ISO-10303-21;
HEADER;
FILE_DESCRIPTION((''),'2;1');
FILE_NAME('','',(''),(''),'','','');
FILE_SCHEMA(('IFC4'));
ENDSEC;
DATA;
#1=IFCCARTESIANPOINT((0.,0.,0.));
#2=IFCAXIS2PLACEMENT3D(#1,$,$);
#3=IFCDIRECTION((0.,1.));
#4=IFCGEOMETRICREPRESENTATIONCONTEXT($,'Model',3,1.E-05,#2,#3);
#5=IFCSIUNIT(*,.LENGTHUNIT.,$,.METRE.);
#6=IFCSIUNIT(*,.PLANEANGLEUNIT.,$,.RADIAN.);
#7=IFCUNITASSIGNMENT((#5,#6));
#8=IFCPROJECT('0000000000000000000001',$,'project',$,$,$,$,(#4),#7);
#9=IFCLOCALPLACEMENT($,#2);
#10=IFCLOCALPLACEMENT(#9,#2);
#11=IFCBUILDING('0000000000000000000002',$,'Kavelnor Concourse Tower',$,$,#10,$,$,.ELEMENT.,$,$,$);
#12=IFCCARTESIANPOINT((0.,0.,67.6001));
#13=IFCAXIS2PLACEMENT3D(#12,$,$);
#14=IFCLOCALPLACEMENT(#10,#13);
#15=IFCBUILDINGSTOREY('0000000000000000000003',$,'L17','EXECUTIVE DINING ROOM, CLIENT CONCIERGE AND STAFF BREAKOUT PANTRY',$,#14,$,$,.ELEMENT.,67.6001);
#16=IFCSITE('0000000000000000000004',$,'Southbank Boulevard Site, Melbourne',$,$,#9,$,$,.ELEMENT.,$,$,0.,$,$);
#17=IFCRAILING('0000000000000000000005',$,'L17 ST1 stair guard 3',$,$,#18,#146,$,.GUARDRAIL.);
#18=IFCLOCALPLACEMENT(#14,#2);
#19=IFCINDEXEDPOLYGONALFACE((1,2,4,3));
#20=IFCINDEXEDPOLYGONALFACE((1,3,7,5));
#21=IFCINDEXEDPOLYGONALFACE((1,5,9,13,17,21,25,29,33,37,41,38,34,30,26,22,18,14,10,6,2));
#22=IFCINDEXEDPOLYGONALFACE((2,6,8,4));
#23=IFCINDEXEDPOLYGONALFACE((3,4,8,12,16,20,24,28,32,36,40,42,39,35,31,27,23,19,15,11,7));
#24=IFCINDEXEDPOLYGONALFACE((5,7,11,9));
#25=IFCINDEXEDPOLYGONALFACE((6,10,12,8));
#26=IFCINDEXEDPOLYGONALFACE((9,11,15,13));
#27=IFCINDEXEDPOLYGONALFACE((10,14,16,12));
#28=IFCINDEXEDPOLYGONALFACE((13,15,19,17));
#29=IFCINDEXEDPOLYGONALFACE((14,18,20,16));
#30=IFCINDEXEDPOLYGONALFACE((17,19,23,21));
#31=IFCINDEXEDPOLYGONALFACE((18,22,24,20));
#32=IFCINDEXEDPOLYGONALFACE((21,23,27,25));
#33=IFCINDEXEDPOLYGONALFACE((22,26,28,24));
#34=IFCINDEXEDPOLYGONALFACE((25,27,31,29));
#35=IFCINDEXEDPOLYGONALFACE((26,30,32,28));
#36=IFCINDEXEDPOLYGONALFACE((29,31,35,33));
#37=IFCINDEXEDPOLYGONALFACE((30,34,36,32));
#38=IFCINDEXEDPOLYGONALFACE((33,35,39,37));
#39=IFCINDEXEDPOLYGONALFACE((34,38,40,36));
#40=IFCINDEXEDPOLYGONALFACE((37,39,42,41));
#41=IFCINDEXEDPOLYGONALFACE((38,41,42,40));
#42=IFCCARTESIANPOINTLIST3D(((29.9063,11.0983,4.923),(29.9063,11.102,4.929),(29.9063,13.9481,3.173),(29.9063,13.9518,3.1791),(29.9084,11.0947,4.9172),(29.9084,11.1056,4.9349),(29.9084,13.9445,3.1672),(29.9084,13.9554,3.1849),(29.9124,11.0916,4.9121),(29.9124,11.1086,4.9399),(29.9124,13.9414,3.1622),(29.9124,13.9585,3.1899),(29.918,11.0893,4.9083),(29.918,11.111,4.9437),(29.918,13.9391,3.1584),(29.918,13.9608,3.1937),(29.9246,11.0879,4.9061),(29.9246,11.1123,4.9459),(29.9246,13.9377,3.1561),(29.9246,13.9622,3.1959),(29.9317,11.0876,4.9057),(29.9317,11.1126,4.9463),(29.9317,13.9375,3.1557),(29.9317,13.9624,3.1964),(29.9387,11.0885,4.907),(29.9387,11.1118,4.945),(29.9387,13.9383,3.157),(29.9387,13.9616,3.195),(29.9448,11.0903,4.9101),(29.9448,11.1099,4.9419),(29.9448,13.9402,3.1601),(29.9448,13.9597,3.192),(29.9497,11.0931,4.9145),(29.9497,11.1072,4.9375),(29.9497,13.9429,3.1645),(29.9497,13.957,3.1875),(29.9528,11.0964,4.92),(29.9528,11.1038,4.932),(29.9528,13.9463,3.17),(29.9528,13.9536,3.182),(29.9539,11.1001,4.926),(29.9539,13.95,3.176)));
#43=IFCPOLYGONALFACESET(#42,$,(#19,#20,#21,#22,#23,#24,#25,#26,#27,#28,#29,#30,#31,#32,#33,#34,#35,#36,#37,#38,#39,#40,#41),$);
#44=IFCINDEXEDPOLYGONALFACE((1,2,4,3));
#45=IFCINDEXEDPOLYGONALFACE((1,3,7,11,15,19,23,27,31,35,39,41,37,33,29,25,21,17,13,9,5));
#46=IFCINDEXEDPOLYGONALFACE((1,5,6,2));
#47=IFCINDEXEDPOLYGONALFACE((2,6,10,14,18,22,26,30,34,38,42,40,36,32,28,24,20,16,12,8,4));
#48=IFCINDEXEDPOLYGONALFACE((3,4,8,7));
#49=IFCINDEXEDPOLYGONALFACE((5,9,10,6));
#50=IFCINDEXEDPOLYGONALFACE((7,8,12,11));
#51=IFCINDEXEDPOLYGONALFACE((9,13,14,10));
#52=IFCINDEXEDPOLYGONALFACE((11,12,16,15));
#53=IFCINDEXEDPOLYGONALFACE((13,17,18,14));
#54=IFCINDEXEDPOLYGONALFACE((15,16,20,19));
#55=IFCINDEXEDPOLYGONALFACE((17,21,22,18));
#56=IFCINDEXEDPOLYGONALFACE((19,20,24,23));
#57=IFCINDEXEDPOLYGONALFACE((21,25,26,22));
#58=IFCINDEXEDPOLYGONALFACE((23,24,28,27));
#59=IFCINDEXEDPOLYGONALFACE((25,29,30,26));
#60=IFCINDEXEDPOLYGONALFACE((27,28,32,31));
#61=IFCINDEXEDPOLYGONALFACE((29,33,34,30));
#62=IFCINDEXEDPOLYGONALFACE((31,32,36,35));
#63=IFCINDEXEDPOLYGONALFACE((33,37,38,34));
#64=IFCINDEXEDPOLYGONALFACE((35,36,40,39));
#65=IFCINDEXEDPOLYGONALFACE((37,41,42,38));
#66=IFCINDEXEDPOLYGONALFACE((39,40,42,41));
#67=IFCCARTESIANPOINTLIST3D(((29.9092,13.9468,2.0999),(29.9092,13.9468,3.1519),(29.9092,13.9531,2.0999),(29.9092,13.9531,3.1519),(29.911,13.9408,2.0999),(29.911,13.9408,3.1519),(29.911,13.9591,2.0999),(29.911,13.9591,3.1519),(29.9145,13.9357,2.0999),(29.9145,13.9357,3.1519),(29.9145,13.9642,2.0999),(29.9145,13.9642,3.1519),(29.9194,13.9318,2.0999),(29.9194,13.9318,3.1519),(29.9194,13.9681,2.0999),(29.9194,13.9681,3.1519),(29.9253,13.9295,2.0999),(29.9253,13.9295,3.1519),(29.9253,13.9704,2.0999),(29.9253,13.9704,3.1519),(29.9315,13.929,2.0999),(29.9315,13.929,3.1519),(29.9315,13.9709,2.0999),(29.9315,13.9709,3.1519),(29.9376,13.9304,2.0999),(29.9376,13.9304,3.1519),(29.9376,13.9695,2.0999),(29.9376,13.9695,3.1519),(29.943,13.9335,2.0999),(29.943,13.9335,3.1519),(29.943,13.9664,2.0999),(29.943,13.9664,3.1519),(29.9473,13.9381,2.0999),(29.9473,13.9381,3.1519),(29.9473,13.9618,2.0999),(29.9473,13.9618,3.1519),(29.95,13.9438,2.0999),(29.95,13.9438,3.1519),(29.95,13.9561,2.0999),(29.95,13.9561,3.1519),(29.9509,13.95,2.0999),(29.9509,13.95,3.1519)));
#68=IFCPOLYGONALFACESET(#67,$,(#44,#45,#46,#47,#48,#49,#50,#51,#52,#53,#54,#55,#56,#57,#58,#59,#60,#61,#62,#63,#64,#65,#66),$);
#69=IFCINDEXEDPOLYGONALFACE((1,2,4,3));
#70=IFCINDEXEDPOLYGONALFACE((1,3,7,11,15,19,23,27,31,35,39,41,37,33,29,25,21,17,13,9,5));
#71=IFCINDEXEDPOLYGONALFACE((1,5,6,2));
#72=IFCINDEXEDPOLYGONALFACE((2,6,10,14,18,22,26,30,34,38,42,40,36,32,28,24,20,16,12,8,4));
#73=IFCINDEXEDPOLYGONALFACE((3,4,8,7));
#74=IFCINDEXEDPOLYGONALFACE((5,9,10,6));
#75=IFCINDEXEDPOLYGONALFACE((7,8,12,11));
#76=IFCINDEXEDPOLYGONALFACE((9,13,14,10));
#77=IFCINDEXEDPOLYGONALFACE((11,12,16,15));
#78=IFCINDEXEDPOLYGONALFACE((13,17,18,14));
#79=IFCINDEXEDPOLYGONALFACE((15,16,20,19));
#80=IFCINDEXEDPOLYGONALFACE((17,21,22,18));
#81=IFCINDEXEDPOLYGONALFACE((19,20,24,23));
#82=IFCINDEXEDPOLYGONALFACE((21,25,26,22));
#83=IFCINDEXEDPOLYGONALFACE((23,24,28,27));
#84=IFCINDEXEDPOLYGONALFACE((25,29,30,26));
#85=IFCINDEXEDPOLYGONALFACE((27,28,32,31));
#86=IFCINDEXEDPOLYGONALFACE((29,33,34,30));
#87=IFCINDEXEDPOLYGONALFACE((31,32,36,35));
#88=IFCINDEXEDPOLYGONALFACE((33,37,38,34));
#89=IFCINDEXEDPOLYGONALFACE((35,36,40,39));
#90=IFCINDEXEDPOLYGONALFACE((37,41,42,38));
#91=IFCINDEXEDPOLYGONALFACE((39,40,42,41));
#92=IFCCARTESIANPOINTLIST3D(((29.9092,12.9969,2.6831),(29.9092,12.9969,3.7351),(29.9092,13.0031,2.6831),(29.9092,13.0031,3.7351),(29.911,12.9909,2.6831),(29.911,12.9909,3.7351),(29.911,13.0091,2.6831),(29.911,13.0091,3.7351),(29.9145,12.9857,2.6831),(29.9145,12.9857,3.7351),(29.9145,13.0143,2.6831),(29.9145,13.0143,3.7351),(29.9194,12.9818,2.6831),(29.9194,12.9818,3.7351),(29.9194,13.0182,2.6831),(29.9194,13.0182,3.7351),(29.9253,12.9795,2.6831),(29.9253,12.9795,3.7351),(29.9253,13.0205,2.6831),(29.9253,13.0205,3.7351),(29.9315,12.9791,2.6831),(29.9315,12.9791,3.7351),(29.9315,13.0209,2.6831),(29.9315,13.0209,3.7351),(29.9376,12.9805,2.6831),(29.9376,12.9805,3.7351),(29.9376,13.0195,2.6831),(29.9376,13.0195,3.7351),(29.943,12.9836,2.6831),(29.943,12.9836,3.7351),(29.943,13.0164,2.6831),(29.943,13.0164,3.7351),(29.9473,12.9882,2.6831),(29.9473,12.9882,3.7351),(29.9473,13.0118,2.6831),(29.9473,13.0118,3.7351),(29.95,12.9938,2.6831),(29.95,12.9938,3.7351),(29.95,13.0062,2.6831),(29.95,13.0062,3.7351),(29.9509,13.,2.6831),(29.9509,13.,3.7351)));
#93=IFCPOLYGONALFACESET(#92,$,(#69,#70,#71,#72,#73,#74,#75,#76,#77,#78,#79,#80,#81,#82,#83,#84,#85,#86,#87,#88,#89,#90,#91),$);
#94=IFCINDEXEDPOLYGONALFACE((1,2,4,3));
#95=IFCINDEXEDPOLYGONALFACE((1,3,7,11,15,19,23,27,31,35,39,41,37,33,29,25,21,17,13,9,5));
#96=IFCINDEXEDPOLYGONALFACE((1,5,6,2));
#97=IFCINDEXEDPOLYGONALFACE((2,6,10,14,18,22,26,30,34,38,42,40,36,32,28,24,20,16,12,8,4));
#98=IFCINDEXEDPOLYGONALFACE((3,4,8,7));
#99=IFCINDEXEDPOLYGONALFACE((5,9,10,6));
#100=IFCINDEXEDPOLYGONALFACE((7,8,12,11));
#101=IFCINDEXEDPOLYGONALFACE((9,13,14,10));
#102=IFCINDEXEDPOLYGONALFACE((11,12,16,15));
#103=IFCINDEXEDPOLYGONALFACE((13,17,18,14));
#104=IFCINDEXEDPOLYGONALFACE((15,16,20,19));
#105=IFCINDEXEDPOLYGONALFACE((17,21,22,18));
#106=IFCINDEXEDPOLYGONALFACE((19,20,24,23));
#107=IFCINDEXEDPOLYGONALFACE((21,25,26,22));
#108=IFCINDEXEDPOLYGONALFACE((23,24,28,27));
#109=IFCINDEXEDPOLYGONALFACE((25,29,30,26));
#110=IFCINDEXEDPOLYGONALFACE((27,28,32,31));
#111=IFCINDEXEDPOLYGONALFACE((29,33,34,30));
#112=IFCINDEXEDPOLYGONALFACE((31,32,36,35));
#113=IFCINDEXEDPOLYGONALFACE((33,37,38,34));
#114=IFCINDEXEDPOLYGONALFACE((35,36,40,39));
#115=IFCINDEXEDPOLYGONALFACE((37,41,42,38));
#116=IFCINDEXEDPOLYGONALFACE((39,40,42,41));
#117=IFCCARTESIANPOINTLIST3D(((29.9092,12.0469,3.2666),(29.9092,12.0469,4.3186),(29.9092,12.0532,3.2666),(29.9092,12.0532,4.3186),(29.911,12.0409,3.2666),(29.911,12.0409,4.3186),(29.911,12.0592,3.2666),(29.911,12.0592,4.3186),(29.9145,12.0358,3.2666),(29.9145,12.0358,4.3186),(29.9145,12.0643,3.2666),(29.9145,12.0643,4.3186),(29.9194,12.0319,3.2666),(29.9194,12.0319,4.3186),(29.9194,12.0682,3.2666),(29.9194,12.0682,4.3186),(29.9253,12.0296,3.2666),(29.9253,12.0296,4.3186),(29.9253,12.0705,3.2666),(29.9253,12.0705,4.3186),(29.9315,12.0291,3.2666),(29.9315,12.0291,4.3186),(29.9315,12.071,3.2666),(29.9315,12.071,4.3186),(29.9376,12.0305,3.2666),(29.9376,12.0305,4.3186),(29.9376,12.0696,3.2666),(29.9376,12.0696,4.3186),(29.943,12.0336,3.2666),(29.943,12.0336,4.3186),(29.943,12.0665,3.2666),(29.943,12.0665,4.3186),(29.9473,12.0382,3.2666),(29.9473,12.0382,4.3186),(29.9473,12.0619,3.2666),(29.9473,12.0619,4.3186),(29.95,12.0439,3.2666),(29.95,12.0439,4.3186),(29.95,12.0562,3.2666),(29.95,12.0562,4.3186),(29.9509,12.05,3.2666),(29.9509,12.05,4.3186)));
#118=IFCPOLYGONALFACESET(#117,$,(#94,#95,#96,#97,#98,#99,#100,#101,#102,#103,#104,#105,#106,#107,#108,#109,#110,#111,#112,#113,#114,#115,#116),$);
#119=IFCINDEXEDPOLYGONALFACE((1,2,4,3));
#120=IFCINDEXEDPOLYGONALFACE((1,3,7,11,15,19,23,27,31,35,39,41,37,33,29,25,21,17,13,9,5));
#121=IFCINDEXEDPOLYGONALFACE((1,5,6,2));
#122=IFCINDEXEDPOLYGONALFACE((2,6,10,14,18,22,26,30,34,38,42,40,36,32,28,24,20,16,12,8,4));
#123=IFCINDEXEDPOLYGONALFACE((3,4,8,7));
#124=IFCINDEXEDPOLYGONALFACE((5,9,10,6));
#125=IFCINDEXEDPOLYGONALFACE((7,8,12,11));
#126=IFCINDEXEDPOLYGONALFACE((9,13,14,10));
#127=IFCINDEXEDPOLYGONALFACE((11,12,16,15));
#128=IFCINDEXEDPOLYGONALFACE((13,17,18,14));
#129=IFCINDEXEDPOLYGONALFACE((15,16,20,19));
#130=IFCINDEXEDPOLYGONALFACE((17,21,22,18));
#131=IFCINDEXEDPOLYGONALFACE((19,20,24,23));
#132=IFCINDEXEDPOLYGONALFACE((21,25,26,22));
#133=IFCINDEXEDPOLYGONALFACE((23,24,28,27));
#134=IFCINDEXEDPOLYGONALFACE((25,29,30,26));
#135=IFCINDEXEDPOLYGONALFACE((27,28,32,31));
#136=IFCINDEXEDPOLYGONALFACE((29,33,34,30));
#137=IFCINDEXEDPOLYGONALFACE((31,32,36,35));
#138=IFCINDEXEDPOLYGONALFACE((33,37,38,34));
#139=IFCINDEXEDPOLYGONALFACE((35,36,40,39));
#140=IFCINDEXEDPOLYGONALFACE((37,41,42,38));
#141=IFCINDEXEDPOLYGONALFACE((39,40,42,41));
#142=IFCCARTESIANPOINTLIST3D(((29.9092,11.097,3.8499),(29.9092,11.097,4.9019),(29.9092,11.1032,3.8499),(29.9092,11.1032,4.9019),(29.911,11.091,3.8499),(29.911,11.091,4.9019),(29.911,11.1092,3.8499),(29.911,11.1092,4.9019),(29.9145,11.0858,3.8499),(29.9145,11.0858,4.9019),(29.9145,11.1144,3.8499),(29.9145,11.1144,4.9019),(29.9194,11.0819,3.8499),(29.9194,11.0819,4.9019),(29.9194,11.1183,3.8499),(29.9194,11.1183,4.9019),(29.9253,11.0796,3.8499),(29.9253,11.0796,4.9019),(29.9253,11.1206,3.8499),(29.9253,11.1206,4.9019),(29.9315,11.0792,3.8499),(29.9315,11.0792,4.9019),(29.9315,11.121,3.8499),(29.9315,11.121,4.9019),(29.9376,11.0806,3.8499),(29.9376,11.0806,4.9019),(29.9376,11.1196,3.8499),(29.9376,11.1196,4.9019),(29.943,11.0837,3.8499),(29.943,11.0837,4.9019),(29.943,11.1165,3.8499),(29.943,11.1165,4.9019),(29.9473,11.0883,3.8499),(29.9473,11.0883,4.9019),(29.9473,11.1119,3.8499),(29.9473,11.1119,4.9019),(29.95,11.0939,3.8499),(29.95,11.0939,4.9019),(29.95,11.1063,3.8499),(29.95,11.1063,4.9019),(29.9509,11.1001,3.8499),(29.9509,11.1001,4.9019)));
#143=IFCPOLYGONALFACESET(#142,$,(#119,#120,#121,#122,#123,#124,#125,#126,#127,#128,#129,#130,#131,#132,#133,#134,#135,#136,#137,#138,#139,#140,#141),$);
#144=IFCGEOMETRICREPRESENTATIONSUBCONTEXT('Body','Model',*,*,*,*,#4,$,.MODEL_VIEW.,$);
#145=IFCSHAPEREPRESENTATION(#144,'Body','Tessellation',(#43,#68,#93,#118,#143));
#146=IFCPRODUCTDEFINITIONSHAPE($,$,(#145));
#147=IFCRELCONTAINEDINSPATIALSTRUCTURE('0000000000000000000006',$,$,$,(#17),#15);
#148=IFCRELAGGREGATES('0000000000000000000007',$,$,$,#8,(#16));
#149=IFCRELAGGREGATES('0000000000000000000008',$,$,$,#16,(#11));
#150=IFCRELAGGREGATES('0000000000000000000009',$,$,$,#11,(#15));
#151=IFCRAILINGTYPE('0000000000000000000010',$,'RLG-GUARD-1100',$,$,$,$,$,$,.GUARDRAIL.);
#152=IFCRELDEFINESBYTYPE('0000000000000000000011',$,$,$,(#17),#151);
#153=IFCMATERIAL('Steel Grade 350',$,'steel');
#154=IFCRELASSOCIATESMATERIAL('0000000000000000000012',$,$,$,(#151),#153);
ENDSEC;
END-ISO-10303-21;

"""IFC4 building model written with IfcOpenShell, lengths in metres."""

from ifc_helpers import new_model, si_unit, direction, frame, origin, origin_2d, place, context, subcontext, project, spatial, circle, extrude, material, type_object, element, save


model = new_model("IFC4")

# Units and contexts
model_context = context("Model", 3, precision=1e-05, world=origin(), true_north=direction((0.0, 1.0)))
body_context = subcontext(model_context, "Body", "Model", "MODEL_VIEW")
ifc_project = project(units=[si_unit("LENGTHUNIT", "METRE"), si_unit("PLANEANGLEUNIT", "RADIAN")], contexts=[model_context])

# Site, building, storey
site_placement = place(None, origin())
site = spatial("IfcSite", under=ifc_project, at=site_placement, Name="Southbank Boulevard Site, Melbourne", CompositionType="ELEMENT", RefElevation=0.0)
building_placement = place(site_placement, origin())
building = spatial("IfcBuilding", under=site, at=building_placement, Name="Kavelnor Concourse Tower", CompositionType="ELEMENT")
storey_placement = place(building_placement, frame((0.0, 0.0, 67.6001)))
storey = spatial("IfcBuildingStorey", under=building, at=storey_placement, Name="L17", Description="EXECUTIVE DINING ROOM, CLIENT CONCIERGE AND STAFF BREAKOUT PANTRY", CompositionType="ELEMENT", Elevation=67.6001)

# Shared definitions
ifc_material_1 = material(Name="Steel Grade 350", Category="steel")

# Railing
railing_type = type_object("IfcRailingType", Name="RLG-GUARD-1100", PredefinedType="GUARDRAIL", material=ifc_material_1)
railing_1_placement = place(storey_placement, frame((29.9299, 13.95, 2.0999)))
element("IfcRailing", 1, at=railing_1_placement, inside=storey, type_object=railing_type, Name="L17 ST1 stair guard 3", PredefinedType="GUARDRAIL", context=body_context, shape_type="SweptSolid", body=[
    extrude(circle(Radius=0.0239, at=origin_2d()), frame((0.0, 0.0, 1.0762), z_axis=(0.0, -0.852159, 0.523283), x_axis=(1.0, 0.0, 0.0)), (0.0, 0.0, 1.0), 3.3442),
    extrude(circle(Radius=0.021, at=origin_2d()), origin(), (0.0, 0.0, 1.0), 1.052),
    extrude(circle(Radius=0.021, at=origin_2d()), frame((0.0, -0.95, 0.5833)), (0.0, 0.0, 1.0), 1.052),
    extrude(circle(Radius=0.021, at=origin_2d()), frame((0.0, -1.8999, 1.1667)), (0.0, 0.0, 1.0), 1.052),
    extrude(circle(Radius=0.021, at=origin_2d()), frame((0.0, -2.8499, 1.75)), (0.0, 0.0, 1.0), 1.052),
])

save(model, "model.ifc")
